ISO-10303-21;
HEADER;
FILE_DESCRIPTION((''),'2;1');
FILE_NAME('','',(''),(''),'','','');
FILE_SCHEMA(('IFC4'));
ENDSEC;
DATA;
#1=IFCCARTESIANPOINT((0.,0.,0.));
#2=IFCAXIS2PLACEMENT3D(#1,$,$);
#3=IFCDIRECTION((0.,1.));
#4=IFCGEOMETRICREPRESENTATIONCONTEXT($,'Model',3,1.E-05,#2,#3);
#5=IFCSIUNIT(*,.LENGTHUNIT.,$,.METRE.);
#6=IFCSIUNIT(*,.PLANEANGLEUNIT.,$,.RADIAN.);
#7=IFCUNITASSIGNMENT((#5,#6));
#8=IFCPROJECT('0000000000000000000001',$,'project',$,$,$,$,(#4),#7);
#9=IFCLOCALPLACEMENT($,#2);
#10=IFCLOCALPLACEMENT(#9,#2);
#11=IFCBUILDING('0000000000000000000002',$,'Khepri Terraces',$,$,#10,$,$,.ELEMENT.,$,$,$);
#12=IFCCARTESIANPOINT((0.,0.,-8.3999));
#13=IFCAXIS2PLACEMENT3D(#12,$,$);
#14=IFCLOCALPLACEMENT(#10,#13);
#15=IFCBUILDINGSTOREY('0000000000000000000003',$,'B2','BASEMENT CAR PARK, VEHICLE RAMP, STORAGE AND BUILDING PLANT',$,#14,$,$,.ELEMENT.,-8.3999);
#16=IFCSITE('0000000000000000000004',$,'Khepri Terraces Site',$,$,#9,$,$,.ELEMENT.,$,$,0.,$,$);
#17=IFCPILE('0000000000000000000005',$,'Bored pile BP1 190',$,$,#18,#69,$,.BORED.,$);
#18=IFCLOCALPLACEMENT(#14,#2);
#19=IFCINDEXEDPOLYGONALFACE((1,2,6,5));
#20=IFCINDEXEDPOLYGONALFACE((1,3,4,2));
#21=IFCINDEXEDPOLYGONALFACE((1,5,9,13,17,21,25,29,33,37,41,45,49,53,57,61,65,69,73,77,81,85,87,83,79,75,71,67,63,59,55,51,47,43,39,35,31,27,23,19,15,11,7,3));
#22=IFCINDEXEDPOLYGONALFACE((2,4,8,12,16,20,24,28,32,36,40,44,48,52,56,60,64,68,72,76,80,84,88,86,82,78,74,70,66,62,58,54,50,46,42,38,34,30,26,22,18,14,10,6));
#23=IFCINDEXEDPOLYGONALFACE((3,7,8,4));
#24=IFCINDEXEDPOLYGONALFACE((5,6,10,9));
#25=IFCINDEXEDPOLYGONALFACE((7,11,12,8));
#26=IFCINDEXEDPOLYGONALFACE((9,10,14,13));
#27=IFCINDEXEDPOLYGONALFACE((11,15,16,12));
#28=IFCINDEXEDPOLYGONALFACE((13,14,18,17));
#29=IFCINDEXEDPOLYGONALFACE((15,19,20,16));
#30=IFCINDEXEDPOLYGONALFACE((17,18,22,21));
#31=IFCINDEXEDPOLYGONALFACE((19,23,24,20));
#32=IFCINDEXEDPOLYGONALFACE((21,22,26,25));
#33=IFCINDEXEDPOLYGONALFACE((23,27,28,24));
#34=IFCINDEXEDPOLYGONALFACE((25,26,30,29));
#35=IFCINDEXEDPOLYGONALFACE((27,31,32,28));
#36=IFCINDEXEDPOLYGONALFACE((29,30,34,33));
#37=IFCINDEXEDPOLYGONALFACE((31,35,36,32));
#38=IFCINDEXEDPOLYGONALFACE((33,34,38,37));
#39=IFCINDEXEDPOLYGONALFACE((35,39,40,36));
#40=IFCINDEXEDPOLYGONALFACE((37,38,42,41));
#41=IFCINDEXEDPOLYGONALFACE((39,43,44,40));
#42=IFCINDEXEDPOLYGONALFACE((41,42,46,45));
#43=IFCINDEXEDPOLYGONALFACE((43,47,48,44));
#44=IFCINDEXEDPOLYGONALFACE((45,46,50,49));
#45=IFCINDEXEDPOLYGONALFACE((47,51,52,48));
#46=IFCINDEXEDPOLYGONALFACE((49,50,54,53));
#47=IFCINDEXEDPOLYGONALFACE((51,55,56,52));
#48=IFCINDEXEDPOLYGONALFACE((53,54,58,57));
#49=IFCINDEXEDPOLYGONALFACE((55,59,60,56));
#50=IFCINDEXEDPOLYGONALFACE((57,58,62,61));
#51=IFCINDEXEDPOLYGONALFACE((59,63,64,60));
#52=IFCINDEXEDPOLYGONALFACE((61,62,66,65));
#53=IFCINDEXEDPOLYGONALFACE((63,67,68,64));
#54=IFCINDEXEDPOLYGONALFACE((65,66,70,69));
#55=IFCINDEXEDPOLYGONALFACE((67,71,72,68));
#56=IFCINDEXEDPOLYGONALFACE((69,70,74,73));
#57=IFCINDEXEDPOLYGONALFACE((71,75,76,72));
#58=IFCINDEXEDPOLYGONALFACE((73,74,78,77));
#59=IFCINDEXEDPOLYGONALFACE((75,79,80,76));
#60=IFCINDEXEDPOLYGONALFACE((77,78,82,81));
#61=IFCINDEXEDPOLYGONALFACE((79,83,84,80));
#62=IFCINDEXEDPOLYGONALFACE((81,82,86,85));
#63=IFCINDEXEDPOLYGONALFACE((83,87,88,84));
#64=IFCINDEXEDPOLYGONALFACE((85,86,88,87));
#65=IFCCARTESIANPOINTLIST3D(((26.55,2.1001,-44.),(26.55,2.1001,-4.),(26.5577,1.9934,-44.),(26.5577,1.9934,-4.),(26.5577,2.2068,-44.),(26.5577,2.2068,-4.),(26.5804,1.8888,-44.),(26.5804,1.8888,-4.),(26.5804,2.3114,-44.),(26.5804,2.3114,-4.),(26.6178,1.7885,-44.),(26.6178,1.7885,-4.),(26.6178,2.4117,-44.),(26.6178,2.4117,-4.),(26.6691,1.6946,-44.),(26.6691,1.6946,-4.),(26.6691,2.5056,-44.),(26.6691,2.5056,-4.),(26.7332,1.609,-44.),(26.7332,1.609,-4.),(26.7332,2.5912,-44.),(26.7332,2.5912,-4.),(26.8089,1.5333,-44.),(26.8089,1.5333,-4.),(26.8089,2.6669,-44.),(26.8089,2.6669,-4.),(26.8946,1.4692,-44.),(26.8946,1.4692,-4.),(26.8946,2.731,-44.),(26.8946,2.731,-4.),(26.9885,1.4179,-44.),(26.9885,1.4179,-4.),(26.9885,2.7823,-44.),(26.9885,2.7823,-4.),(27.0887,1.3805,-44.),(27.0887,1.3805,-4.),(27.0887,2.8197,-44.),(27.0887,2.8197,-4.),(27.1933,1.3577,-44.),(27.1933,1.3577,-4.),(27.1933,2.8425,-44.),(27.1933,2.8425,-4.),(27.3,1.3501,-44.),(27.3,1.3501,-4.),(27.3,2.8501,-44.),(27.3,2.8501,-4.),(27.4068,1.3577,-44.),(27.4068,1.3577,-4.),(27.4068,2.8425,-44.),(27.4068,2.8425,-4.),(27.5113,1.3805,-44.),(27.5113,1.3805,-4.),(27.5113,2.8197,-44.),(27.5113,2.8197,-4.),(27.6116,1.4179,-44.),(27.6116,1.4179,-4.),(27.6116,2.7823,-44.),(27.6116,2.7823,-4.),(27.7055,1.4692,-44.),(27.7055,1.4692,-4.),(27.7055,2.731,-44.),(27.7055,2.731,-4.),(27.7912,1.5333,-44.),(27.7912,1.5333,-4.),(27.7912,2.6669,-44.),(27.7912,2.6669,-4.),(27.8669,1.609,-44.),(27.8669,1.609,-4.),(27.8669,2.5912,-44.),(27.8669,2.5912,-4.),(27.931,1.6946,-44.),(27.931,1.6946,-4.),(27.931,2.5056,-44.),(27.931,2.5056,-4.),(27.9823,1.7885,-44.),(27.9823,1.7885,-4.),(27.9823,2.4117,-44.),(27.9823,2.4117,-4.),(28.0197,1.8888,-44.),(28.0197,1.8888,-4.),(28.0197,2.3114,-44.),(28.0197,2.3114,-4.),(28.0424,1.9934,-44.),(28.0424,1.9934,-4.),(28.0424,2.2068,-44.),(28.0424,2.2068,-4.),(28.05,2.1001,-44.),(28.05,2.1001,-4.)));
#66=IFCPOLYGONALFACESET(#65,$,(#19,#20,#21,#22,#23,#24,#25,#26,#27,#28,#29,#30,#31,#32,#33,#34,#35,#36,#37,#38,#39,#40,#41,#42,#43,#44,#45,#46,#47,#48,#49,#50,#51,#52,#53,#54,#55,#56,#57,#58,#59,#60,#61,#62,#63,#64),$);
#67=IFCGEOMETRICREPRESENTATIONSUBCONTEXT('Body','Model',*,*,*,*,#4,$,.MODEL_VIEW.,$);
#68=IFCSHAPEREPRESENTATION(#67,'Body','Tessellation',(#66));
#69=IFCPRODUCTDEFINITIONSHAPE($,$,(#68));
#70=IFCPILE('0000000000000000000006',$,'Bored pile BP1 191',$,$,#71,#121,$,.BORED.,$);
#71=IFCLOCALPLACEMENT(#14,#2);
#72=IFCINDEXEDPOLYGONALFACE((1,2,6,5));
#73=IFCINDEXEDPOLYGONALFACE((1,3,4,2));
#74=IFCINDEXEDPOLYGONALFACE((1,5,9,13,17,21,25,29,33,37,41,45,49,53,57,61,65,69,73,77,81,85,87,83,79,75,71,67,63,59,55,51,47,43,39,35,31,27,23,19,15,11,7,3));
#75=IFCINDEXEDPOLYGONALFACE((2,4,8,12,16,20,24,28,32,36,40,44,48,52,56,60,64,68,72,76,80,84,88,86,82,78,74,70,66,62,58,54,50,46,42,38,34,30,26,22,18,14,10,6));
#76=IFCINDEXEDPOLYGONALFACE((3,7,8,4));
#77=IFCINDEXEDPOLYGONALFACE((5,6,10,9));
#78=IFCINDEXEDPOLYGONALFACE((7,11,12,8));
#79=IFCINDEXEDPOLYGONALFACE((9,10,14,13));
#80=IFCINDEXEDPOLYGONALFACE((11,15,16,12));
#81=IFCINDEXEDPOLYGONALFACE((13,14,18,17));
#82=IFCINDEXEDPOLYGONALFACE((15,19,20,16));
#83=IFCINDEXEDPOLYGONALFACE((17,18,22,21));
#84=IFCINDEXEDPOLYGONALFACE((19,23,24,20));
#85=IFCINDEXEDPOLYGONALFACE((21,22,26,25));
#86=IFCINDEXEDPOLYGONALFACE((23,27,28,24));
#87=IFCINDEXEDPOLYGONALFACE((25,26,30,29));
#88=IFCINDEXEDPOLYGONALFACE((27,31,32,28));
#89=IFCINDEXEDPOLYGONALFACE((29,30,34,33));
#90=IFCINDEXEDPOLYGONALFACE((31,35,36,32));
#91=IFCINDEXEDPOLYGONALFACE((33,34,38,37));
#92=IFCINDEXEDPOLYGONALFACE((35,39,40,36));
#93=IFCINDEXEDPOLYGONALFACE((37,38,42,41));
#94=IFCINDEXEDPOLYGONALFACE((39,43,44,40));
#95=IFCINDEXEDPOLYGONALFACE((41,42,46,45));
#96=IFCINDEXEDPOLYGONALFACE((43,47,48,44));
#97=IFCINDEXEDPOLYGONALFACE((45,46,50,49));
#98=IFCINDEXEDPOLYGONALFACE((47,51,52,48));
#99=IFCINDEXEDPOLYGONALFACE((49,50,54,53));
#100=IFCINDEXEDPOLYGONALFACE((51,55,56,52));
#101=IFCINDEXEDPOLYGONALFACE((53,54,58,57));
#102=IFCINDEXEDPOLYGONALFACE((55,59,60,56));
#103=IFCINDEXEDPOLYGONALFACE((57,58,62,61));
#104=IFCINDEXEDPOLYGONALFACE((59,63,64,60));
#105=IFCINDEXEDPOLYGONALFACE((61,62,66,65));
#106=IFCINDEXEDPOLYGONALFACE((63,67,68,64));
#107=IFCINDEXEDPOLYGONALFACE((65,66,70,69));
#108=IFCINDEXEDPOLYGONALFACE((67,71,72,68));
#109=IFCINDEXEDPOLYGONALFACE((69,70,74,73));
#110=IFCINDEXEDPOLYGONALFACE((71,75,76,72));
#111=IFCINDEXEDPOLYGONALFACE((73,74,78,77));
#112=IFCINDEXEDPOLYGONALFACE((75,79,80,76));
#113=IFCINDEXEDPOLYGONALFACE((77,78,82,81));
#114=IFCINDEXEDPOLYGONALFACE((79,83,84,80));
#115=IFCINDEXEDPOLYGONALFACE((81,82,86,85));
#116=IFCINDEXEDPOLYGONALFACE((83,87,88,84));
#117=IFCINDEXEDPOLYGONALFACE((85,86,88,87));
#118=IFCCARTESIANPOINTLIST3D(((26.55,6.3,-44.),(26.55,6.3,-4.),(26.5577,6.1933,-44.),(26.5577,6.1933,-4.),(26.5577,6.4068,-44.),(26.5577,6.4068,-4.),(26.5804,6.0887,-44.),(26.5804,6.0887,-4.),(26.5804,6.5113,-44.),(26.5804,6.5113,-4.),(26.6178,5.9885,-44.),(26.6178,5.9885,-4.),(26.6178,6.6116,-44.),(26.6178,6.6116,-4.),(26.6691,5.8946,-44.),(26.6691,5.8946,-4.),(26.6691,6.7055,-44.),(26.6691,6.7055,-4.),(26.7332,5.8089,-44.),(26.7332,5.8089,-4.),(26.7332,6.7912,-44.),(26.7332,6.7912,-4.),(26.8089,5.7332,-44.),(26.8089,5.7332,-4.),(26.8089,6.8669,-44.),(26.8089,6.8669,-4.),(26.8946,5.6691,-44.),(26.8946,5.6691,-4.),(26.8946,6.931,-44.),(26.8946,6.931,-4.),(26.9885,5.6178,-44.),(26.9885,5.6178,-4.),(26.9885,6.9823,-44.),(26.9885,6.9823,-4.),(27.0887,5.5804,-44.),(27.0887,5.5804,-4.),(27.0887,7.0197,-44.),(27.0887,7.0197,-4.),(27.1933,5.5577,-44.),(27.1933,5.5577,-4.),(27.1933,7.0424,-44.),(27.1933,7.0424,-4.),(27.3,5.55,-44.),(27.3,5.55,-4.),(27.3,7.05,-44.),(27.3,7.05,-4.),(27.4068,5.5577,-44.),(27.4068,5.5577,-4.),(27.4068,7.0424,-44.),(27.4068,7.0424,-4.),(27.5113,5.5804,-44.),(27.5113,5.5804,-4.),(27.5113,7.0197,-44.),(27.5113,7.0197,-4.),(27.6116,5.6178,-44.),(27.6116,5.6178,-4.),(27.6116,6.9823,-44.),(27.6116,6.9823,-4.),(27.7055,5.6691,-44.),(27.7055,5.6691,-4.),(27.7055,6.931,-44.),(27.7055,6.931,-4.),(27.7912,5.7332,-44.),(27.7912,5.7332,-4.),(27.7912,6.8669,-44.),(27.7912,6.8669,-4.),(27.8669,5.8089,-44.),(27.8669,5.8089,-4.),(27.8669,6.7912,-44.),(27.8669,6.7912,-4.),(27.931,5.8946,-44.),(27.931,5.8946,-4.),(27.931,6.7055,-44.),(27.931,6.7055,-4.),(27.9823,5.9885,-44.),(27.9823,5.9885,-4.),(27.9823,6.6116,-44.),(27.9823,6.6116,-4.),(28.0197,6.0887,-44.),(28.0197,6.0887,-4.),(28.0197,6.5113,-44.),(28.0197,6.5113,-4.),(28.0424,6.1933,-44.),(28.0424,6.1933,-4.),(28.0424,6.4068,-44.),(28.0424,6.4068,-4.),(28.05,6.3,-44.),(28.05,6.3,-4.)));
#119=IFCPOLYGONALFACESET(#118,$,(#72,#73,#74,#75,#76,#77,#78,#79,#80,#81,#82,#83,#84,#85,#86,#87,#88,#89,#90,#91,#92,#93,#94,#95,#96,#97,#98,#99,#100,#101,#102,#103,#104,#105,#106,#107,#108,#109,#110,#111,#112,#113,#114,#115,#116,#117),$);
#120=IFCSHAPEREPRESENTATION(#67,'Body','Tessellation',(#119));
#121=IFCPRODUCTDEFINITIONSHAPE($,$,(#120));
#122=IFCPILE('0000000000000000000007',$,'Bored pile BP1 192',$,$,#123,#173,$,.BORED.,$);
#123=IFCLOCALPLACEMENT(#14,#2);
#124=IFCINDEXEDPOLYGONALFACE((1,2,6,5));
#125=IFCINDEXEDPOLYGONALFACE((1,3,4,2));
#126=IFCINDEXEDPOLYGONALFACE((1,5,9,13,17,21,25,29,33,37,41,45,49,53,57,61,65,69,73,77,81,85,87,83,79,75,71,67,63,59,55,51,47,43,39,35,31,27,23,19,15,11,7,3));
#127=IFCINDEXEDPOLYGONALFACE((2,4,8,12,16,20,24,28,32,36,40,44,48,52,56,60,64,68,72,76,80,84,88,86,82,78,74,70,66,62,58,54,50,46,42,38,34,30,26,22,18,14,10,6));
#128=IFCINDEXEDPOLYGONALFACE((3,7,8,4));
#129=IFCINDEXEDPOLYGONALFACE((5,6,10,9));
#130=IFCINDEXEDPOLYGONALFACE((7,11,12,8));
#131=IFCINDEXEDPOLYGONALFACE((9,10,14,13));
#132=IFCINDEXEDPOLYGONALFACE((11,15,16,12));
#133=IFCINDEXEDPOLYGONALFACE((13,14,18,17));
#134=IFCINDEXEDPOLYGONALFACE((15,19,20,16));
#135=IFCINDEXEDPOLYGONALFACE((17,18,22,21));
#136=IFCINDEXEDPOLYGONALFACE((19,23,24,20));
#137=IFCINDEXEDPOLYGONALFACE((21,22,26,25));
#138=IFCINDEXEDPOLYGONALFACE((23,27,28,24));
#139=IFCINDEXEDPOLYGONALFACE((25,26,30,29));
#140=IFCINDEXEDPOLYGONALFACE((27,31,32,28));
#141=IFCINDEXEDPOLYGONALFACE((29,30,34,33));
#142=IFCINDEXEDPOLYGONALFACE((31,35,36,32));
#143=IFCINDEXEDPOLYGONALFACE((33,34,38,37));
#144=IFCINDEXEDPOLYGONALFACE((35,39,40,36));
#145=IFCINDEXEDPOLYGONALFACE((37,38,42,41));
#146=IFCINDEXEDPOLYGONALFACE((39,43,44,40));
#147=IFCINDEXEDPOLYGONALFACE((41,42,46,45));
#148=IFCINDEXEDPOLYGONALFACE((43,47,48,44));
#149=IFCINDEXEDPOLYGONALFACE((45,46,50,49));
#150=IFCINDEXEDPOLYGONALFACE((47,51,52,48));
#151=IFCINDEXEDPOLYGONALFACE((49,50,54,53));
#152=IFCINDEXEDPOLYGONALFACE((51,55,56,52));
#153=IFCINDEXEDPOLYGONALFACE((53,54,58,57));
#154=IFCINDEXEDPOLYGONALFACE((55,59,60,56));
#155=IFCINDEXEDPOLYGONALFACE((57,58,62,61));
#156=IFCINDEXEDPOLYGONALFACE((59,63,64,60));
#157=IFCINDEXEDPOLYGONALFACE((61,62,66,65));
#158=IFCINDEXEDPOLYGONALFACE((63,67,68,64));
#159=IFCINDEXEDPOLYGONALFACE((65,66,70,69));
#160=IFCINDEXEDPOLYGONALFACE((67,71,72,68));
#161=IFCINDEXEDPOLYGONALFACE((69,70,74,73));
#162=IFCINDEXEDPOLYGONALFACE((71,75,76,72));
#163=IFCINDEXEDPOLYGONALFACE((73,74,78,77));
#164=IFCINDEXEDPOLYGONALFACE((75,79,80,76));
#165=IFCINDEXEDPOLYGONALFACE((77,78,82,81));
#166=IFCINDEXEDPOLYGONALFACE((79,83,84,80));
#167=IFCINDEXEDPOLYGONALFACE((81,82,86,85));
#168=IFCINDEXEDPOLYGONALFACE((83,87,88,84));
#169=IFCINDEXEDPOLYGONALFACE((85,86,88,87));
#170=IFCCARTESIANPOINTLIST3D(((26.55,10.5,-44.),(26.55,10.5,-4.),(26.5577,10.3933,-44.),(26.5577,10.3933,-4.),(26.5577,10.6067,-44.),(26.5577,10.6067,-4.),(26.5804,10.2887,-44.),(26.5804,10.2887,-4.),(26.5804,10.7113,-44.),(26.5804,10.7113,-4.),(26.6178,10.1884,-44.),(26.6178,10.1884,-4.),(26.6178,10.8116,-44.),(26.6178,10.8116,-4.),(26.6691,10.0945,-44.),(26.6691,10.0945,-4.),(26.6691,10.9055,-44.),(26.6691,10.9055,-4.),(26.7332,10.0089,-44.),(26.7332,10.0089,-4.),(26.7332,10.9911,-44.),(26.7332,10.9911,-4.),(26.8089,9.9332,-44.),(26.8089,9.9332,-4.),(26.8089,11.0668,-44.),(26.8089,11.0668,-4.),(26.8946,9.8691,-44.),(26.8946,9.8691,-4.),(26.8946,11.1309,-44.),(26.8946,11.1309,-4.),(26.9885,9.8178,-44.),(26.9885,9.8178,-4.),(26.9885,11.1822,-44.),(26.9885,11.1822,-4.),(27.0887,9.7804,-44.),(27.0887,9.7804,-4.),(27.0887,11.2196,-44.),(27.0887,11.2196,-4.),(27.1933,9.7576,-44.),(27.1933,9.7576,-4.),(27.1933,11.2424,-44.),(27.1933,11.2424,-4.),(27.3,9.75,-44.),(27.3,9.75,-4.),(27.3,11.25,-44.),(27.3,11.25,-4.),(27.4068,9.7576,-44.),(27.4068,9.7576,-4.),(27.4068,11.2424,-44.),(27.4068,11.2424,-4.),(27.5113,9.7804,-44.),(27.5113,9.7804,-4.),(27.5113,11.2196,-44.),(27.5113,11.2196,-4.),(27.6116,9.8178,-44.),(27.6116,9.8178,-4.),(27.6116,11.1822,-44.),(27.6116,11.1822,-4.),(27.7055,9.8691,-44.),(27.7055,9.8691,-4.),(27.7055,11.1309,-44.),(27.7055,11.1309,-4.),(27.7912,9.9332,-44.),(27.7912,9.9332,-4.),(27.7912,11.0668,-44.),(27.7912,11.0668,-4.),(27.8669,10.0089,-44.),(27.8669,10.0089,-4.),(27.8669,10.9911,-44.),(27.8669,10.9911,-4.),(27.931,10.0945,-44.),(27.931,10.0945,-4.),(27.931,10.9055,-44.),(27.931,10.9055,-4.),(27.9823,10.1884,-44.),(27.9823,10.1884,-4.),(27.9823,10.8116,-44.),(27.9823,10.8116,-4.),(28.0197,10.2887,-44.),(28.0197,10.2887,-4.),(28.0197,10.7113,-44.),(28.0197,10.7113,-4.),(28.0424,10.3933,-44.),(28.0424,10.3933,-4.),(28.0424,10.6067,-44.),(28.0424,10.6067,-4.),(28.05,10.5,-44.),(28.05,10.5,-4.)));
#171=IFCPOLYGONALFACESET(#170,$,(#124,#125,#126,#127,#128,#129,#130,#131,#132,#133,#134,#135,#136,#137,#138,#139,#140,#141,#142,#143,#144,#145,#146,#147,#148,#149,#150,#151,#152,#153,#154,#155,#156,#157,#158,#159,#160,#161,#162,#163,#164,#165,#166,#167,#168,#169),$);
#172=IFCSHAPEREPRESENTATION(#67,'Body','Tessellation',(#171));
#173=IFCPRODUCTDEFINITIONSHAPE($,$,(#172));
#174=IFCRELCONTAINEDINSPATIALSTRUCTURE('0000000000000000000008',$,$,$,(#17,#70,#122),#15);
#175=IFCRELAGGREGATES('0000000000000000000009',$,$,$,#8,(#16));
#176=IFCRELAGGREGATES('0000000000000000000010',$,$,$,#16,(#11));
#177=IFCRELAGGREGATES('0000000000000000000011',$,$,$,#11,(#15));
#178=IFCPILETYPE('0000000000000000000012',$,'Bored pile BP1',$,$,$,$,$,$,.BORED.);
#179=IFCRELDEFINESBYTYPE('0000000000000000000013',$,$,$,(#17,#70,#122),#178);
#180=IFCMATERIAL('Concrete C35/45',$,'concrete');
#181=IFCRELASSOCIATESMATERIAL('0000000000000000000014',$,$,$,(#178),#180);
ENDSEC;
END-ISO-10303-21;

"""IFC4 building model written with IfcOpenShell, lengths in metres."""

from ifc_helpers import new_model, si_unit, direction, frame, origin, origin_2d, place, context, subcontext, project, spatial, circle, extrude, material, material_profile, profile_set, type_object, element, save


model = new_model("IFC4")

# Units and contexts
model_context = context("Model", 3, precision=1e-05, world=origin(), true_north=direction((0.0, 1.0)))
body_context = subcontext(model_context, "Body", "Model", "MODEL_VIEW")
ifc_project = project(units=[si_unit("LENGTHUNIT", "METRE"), si_unit("PLANEANGLEUNIT", "RADIAN")], contexts=[model_context])

# Site, building, storey
site_placement = place(None, origin())
site = spatial("IfcSite", under=ifc_project, at=site_placement, Name="Khepri Terraces Site", CompositionType="ELEMENT", RefElevation=0.0)
building_placement = place(site_placement, origin())
building = spatial("IfcBuilding", under=site, at=building_placement, Name="Khepri Terraces", CompositionType="ELEMENT")
storey_placement = place(building_placement, frame((0.0, 0.0, -8.3999)))
storey = spatial("IfcBuildingStorey", under=building, at=storey_placement, Name="B2", Description="BASEMENT CAR PARK, VEHICLE RAMP, STORAGE AND BUILDING PLANT", CompositionType="ELEMENT", Elevation=-8.3999)

# Piles
ifc_material_1 = material(Name="Concrete C35/45", Category="concrete")
ifc_material_profile_1 = material_profile(ifc_material_1, circle(Radius=0.75, at=origin_2d()), Name="Concrete C35/45", Category="concrete")
ifc_profile_set_1 = profile_set([ifc_material_profile_1], Name="Concrete C35/45")
pile_type = type_object("IfcPileType", Name="Bored pile BP1", PredefinedType="BORED", material=ifc_profile_set_1)
for number, where, z_axis, x_axis, name in (
    (1, (27.3, 2.1001, -4.0), (0.0, 0.0, -1.0), (1.0, 0.0, 0.0), "Bored pile BP1 190"),
    (2, (27.3, 6.3, -4.0), (0.0, 0.0, -1.0), (1.0, 0.0, 0.0), "Bored pile BP1 191"),
    (3, (27.3, 10.5, -4.0), (0.0, 0.0, -1.0), (1.0, 0.0, 0.0), "Bored pile BP1 192"),
):
    element("IfcPile", number, at=place(storey_placement, frame(where, z_axis=z_axis, x_axis=x_axis)), inside=storey, type_object=pile_type, Name=name, PredefinedType="BORED", context=body_context, shape_type="SweptSolid", body=[
        extrude(circle(Radius=0.75, at=origin_2d()), origin(), (0.0, 0.0, 1.0), 40.0),
    ])

save(model, "model.ifc")
